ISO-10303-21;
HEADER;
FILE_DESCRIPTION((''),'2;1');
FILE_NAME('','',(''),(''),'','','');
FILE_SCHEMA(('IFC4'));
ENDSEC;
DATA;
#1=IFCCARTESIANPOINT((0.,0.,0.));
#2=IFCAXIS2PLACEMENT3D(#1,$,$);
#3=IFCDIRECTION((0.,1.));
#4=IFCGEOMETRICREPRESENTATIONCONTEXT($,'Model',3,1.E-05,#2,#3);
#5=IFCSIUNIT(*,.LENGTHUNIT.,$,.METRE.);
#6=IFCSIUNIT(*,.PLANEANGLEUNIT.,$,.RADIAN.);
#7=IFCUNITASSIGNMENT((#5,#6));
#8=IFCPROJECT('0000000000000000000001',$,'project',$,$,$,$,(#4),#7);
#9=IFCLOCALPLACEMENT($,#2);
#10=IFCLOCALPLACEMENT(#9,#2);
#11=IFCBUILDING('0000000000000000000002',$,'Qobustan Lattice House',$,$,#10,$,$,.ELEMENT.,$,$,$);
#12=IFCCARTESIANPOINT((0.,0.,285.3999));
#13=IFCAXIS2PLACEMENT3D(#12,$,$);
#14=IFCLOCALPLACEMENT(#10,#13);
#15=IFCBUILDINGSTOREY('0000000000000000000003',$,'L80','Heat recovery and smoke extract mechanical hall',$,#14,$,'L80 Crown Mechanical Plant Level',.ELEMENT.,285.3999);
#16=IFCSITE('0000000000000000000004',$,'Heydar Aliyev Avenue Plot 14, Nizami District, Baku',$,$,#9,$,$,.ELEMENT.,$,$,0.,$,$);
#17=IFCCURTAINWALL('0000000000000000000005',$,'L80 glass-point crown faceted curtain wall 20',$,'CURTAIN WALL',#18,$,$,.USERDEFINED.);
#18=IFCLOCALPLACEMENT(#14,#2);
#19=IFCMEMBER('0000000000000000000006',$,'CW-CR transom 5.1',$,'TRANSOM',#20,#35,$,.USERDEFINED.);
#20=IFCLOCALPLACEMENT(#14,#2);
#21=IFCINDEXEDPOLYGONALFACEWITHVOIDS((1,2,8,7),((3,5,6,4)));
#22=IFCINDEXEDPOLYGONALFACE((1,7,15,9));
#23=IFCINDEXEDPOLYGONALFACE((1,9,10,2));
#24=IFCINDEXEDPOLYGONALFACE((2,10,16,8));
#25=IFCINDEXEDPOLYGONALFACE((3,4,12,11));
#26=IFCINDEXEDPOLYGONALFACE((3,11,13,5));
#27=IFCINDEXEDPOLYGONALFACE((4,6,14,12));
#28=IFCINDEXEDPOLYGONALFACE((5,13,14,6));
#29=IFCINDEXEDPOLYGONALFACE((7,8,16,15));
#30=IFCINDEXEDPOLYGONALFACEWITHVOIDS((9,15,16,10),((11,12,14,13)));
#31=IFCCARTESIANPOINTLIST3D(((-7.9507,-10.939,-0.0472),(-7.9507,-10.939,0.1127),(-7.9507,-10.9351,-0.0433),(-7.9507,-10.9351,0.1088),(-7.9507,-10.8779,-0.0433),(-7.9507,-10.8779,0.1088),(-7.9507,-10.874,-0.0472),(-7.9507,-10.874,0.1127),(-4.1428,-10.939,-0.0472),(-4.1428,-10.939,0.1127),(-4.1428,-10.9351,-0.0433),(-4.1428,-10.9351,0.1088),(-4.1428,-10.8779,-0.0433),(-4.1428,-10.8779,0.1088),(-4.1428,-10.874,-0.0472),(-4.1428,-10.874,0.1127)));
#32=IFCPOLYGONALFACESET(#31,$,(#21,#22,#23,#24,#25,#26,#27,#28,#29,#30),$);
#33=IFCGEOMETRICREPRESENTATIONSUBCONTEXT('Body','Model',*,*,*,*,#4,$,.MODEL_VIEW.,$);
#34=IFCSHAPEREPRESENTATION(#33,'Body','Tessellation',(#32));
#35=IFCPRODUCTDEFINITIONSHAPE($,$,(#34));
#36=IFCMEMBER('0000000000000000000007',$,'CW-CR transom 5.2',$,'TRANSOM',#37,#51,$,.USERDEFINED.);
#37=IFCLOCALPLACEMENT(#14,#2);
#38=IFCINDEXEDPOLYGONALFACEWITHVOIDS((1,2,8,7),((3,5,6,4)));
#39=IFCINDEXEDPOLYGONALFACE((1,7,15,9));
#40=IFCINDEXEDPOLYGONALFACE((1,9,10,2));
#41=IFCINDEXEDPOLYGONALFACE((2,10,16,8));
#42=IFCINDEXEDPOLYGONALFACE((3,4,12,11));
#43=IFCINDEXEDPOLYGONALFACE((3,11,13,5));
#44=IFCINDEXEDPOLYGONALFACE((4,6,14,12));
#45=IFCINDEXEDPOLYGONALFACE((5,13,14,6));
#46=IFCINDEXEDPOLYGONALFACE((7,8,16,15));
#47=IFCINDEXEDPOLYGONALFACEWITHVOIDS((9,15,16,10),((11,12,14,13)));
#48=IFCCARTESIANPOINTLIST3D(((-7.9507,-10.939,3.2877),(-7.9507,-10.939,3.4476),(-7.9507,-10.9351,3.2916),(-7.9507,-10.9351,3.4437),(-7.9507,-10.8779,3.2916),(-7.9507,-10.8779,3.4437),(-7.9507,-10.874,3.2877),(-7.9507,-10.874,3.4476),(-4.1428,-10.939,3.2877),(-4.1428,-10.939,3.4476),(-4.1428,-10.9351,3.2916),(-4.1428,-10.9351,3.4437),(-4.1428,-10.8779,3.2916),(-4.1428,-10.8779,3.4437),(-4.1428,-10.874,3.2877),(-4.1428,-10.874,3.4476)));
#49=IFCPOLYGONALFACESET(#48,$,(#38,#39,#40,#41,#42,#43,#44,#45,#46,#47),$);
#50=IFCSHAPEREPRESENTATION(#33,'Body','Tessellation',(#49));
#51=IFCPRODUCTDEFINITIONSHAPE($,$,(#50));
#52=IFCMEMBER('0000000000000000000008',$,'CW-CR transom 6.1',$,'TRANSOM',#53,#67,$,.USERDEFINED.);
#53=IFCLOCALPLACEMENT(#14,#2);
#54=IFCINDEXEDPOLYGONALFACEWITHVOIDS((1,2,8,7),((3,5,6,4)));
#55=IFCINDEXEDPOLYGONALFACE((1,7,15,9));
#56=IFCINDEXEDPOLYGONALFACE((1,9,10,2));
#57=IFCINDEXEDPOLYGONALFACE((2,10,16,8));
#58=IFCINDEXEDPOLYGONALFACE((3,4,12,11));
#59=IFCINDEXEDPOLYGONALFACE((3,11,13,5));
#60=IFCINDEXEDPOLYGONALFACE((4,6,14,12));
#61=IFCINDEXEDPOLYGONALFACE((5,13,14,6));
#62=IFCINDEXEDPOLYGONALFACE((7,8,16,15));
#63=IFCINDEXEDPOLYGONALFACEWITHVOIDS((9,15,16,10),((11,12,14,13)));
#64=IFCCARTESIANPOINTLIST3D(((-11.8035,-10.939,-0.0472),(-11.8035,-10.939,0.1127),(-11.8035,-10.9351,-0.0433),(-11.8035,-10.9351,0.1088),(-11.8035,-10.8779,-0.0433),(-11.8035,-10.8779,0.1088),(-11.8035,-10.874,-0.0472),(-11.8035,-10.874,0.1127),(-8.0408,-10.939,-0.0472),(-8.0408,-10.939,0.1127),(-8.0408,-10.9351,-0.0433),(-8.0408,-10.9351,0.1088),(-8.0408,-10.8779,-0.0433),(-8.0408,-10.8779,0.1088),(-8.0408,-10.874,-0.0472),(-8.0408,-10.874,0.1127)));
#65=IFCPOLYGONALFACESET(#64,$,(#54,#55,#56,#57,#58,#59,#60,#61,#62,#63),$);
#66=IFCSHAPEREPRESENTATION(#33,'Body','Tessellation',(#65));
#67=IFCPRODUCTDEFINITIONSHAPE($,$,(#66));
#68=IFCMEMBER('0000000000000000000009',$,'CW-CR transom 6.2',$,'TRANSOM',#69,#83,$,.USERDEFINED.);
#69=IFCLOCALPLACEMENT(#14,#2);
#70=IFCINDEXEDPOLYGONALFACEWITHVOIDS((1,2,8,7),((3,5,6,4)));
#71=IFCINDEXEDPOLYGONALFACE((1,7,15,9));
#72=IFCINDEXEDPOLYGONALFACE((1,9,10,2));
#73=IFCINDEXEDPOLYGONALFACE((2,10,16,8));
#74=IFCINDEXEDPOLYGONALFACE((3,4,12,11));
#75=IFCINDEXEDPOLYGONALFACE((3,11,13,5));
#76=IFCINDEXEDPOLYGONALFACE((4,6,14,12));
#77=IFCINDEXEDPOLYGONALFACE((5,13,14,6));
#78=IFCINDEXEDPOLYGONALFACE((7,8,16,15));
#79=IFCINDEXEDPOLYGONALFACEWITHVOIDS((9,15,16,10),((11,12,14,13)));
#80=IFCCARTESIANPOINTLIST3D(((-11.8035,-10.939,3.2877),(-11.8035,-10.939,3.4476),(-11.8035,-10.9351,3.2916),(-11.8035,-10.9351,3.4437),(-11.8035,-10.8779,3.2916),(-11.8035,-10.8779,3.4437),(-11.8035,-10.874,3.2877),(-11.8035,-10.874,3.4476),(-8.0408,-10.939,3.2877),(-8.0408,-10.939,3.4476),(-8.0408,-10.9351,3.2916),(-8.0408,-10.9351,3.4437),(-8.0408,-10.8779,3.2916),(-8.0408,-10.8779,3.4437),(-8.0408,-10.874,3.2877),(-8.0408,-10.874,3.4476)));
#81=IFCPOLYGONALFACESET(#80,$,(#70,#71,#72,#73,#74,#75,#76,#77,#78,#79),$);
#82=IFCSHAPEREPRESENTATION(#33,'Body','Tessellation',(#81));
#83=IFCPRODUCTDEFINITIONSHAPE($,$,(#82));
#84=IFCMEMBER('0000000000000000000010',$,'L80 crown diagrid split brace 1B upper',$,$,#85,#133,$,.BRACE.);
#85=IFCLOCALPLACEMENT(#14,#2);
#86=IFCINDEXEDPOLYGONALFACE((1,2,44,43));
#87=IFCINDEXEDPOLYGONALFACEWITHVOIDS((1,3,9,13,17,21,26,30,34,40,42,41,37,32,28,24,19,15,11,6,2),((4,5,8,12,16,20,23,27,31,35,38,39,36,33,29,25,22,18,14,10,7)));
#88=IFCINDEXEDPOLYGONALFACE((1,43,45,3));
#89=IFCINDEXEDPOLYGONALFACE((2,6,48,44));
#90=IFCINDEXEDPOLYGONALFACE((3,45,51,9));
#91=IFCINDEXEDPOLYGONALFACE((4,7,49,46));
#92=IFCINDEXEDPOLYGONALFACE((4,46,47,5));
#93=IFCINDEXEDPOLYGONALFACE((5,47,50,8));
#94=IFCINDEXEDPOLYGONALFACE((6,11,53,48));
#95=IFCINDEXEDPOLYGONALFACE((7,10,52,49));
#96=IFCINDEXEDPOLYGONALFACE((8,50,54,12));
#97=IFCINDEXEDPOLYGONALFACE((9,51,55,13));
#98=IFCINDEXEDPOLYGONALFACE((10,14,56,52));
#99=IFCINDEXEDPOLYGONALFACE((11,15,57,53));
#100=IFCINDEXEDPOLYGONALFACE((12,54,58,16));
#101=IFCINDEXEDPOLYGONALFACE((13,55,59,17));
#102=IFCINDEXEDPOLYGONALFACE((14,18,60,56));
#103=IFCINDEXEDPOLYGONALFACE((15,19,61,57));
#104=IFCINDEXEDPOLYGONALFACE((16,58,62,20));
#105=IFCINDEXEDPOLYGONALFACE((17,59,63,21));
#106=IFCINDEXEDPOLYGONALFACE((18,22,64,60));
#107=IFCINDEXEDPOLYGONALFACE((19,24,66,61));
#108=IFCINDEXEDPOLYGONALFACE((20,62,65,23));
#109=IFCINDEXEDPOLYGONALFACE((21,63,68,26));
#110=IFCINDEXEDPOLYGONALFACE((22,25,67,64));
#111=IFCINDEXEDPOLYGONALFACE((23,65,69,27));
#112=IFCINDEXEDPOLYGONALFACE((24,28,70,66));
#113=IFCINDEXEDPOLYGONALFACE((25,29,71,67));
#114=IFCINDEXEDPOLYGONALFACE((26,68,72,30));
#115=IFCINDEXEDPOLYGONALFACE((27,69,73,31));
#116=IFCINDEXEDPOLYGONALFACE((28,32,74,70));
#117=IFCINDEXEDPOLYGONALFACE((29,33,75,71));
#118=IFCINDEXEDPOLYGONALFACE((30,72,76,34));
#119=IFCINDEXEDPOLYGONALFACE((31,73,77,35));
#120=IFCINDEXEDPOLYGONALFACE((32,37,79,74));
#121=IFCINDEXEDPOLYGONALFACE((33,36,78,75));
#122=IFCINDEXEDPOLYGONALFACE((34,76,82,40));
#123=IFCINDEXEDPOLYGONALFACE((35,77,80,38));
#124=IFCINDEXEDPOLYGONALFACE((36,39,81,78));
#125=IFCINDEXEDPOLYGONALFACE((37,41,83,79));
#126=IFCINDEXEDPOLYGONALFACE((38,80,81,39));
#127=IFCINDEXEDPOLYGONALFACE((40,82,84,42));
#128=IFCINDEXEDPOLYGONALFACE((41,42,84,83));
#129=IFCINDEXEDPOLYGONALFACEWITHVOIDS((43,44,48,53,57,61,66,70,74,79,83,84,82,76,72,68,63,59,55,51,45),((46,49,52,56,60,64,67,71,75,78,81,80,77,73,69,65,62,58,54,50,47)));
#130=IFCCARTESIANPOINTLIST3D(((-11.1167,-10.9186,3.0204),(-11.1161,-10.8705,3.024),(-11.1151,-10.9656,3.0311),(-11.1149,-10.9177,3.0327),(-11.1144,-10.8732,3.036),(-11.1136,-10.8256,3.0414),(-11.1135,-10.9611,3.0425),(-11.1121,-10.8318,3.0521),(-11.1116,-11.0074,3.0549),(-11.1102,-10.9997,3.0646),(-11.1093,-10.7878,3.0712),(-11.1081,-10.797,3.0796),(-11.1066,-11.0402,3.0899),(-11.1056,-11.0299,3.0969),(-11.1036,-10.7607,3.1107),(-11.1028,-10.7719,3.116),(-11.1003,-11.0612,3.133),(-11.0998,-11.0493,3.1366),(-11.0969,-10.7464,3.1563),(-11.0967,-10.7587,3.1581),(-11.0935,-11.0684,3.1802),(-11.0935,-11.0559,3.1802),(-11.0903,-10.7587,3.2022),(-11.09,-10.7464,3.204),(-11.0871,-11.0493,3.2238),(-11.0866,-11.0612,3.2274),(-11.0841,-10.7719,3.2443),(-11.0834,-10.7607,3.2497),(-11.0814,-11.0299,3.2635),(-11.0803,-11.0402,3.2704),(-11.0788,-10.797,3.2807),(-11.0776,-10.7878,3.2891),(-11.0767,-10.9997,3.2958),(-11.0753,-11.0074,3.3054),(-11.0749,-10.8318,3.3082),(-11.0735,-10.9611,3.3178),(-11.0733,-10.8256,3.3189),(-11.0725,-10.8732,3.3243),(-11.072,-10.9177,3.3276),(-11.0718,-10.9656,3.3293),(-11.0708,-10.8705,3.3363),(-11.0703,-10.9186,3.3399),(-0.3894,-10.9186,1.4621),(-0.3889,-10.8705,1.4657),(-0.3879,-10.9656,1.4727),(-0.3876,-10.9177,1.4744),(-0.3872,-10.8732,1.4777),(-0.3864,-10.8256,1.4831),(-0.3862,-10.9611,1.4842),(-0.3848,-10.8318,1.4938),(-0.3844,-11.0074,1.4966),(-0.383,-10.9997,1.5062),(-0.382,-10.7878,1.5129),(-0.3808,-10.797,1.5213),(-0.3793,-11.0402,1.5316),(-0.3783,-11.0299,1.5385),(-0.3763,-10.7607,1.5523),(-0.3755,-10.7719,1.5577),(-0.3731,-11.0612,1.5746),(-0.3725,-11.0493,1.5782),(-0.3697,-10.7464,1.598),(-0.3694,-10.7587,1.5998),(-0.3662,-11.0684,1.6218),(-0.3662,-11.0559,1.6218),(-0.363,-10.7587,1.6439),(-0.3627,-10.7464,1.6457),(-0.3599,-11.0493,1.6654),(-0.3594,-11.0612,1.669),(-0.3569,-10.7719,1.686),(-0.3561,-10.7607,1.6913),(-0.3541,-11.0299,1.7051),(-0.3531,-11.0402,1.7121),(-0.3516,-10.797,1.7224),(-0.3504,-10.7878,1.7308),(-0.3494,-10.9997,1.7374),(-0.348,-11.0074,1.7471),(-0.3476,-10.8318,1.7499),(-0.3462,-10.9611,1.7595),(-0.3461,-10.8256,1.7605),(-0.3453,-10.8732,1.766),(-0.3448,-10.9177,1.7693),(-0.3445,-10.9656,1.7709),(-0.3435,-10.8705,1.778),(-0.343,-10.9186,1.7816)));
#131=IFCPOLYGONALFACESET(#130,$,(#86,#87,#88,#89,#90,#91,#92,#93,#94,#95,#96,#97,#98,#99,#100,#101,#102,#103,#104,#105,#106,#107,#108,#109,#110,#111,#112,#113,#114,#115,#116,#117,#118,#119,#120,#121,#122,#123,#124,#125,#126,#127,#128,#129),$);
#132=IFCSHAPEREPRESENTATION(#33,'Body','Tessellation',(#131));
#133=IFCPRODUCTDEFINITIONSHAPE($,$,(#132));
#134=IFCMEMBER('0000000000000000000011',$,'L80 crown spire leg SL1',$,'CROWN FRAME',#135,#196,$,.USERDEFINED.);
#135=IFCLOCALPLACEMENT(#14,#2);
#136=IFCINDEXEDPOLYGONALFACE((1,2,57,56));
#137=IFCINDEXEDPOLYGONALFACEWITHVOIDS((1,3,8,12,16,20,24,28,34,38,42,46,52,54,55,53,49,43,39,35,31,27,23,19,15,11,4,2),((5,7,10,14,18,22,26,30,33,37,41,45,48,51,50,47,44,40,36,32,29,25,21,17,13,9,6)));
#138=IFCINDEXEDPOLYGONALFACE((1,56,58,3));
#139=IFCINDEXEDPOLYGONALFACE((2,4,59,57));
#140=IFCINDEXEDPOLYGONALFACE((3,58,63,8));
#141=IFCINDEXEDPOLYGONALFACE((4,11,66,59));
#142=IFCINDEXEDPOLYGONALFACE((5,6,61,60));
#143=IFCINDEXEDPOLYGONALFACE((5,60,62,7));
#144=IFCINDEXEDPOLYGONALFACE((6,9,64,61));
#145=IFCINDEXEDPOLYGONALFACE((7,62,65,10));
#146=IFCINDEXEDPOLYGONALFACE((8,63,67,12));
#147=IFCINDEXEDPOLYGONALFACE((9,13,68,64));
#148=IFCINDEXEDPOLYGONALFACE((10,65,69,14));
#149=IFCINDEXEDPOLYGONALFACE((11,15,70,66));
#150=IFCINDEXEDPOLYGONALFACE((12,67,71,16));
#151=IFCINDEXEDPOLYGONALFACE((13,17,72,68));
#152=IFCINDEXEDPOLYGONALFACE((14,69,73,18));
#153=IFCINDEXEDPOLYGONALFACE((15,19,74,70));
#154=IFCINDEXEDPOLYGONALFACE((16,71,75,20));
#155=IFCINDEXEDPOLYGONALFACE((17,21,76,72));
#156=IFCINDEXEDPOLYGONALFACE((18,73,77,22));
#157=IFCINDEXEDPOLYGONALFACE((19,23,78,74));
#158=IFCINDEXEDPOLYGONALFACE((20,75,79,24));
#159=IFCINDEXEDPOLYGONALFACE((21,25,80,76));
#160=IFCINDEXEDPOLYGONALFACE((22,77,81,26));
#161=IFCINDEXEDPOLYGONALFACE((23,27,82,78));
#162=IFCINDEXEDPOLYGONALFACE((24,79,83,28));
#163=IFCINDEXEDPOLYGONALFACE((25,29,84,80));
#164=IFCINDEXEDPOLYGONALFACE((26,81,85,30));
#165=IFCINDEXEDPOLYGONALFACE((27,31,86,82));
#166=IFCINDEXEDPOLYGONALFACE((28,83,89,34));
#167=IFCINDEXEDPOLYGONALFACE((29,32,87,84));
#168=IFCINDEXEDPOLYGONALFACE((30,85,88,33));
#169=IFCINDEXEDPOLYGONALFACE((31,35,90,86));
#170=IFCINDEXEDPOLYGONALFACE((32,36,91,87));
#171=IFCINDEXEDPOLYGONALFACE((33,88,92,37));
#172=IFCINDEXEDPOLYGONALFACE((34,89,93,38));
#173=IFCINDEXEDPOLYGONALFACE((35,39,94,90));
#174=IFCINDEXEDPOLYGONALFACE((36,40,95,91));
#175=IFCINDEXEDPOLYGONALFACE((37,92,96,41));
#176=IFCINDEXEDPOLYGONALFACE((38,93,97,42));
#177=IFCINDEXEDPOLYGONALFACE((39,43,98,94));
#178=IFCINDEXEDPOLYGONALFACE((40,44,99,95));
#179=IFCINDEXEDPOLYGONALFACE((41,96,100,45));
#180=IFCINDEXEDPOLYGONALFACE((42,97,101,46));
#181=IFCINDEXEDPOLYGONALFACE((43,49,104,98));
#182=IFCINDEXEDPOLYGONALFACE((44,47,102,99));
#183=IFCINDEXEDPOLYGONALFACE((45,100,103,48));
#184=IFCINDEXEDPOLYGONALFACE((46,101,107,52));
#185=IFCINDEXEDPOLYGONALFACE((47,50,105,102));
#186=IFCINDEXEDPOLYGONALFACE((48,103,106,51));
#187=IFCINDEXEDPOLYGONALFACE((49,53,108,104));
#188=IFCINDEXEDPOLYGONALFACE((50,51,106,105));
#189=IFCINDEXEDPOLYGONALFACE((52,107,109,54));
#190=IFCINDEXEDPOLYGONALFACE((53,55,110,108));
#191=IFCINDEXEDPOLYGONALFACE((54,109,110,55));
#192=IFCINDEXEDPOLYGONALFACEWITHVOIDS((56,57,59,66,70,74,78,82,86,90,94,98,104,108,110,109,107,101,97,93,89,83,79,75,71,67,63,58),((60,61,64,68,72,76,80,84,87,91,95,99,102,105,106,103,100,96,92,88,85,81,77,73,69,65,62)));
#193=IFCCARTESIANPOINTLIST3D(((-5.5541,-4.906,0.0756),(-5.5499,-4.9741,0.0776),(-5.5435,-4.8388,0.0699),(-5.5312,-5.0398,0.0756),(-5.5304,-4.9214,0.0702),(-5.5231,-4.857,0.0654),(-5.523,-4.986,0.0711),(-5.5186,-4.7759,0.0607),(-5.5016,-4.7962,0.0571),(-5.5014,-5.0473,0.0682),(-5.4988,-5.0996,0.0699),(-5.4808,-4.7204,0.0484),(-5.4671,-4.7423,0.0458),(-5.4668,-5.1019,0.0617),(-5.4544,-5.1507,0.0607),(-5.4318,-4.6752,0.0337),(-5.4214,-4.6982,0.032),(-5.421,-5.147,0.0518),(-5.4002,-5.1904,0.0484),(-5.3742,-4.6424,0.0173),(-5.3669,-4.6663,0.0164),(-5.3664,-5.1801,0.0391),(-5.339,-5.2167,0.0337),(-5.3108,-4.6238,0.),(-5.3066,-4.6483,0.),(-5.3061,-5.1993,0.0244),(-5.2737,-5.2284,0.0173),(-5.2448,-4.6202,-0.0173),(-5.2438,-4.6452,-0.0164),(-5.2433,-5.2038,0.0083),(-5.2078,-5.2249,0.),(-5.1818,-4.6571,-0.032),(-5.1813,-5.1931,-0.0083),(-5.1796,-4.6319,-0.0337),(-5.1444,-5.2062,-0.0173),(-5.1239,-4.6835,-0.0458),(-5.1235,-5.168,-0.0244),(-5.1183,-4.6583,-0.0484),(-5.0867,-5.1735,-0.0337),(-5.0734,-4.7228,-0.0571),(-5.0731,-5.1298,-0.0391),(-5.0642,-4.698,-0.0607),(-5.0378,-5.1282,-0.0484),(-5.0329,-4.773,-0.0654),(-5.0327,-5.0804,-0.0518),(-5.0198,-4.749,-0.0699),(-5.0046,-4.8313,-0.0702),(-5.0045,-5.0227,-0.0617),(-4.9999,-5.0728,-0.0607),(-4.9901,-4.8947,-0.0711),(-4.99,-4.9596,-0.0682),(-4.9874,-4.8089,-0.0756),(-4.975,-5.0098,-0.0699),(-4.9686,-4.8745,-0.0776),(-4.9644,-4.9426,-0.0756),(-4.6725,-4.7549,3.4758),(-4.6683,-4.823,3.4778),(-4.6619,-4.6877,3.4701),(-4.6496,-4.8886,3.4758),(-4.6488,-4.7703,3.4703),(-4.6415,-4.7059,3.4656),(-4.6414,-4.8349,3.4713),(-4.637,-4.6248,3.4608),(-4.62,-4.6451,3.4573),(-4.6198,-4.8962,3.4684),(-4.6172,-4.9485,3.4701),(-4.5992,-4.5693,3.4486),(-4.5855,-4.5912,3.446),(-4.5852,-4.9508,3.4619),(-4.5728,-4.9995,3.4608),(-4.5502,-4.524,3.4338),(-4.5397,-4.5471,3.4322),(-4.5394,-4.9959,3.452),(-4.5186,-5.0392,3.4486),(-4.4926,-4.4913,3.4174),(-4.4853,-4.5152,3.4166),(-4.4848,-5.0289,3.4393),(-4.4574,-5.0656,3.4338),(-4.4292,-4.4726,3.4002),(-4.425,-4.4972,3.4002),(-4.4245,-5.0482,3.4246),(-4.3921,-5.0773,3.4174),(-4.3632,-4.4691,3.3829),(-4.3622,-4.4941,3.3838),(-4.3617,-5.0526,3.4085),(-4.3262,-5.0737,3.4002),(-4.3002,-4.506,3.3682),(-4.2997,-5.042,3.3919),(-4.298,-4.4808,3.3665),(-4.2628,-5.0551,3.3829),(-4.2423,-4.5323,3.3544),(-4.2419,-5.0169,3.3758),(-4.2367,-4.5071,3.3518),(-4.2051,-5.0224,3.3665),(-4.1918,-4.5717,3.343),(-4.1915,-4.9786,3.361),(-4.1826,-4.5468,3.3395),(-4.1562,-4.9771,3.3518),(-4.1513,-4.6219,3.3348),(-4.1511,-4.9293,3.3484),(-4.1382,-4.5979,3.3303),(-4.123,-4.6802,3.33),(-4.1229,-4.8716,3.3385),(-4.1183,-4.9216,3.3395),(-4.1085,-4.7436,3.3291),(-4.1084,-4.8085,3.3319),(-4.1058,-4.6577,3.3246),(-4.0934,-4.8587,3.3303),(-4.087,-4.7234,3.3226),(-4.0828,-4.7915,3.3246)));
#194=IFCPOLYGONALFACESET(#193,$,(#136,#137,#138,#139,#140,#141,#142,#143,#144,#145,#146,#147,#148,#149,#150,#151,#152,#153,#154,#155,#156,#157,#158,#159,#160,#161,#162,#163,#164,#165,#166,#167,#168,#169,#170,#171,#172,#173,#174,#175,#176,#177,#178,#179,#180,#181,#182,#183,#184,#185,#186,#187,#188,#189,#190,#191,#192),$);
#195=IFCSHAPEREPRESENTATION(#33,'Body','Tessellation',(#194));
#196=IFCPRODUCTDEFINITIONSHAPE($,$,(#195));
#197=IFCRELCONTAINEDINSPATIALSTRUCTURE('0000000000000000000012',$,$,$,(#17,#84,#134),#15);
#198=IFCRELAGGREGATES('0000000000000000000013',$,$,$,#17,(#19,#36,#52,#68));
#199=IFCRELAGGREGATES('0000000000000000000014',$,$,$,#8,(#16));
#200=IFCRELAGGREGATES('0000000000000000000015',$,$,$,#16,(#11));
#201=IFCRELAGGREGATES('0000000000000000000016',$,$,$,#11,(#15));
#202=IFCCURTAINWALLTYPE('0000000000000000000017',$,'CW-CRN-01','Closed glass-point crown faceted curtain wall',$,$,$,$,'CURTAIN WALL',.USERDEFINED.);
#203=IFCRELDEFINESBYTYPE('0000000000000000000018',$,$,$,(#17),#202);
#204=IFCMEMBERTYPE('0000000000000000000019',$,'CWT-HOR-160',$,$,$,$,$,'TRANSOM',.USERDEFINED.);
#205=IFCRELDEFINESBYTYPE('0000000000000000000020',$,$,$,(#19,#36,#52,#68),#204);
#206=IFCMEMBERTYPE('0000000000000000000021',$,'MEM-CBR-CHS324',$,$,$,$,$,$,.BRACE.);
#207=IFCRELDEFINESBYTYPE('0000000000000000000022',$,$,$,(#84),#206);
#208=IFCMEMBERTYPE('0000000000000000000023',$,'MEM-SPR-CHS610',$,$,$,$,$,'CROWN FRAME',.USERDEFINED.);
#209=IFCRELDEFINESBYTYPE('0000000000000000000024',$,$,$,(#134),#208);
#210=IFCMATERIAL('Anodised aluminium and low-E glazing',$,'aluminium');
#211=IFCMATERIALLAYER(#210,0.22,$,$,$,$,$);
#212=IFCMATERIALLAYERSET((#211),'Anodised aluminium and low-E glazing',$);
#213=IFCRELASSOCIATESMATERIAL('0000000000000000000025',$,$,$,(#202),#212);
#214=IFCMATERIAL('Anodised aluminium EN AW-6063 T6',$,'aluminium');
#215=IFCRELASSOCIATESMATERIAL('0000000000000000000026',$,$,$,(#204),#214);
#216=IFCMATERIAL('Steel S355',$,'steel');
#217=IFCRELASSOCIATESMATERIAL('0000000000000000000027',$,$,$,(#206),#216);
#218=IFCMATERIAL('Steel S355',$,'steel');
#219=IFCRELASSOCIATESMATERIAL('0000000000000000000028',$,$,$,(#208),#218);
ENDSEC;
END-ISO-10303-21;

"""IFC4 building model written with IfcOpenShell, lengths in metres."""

from ifc_helpers import new_model, si_unit, direction, frame, origin, origin_2d, place, context, subcontext, project, spatial, hollow_rectangle, hollow_circle, extrude, material, layer, layer_set, material_profile, profile_set, type_object, element, aggregate, save


model = new_model("IFC4")

# Units and contexts
model_context = context("Model", 3, precision=1e-05, world=origin(), true_north=direction((0.0, 1.0)))
body_context = subcontext(model_context, "Body", "Model", "MODEL_VIEW")
ifc_project = project(units=[si_unit("LENGTHUNIT", "METRE"), si_unit("PLANEANGLEUNIT", "RADIAN")], contexts=[model_context])

# Site, building, storey
site_placement = place(None, origin())
site = spatial("IfcSite", under=ifc_project, at=site_placement, Name="Heydar Aliyev Avenue Plot 14, Nizami District, Baku", CompositionType="ELEMENT", RefElevation=0.0)
building_placement = place(site_placement, origin())
building = spatial("IfcBuilding", under=site, at=building_placement, Name="Qobustan Lattice House", CompositionType="ELEMENT")
storey_placement = place(building_placement, frame((0.0, 0.0, 285.3999)))
storey = spatial("IfcBuildingStorey", under=building, at=storey_placement, Name="L80", Description="Heat recovery and smoke extract mechanical hall", LongName="L80 Crown Mechanical Plant Level", CompositionType="ELEMENT", Elevation=285.3999)

# Curtain wall, members
ifc_material_1 = material(Name="Anodised aluminium and low-E glazing", Category="aluminium")
ifc_layer_1 = layer(ifc_material_1, 0.22)
ifc_layer_set_1 = layer_set([ifc_layer_1], Name="Anodised aluminium and low-E glazing")
curtain_wall_type = type_object("IfcCurtainWallType", Name="CW-CRN-01", Description="Closed glass-point crown faceted curtain wall", ElementType="CURTAIN WALL", PredefinedType="USERDEFINED", material=ifc_layer_set_1)
curtain_wall_placement = place(storey_placement, origin())
curtain_wall = element("IfcCurtainWall", 1, at=curtain_wall_placement, inside=storey, type_object=curtain_wall_type, Name="L80 glass-point crown faceted curtain wall 20", ObjectType="CURTAIN WALL", PredefinedType="USERDEFINED")
ifc_material_2 = material(Name="Anodised aluminium EN AW-6063 T6", Category="aluminium")
ifc_material_profile_1 = material_profile(ifc_material_2, hollow_rectangle(XDim=0.0649, YDim=0.1599, WallThickness=0.0039, at=origin_2d()), Name="CWT-160x65")
ifc_profile_set_1 = profile_set([ifc_material_profile_1], Name="Anodised aluminium EN AW-6063 T6")
member_type_1 = type_object("IfcMemberType", Name="CWT-HOR-160", ElementType="TRANSOM", PredefinedType="USERDEFINED", material=ifc_profile_set_1)
member_1_placement = place(storey_placement, frame((-4.1428, -10.9065, 0.0327), z_axis=(-1.0, 0.0, 0.0), x_axis=(0.0, -1.0, 0.0)))
member_1 = element("IfcMember", 2, at=member_1_placement, type_object=member_type_1, Name="CW-CR transom 5.1", ObjectType="TRANSOM", PredefinedType="USERDEFINED", context=body_context, shape_type="SweptSolid", body=[
    extrude(hollow_rectangle(XDim=0.0649, YDim=0.1599, WallThickness=0.0039, at=origin_2d()), origin(), (0.0, 0.0, 1.0), 3.8079),
])
member_2_placement = place(storey_placement, frame((-4.1428, -10.9065, 3.3677), z_axis=(-1.0, 0.0, 0.0), x_axis=(0.0, -1.0, 0.0)))
member_2 = element("IfcMember", 3, at=member_2_placement, type_object=member_type_1, Name="CW-CR transom 5.2", ObjectType="TRANSOM", PredefinedType="USERDEFINED", context=body_context, shape_type="SweptSolid", body=[
    extrude(hollow_rectangle(XDim=0.0649, YDim=0.1599, WallThickness=0.0039, at=origin_2d()), origin(), (0.0, 0.0, 1.0), 3.8079),
])
member_3_placement = place(storey_placement, frame((-8.0408, -10.9065, 0.0327), z_axis=(-1.0, 0.0, 0.0), x_axis=(0.0, -1.0, 0.0)))
member_3 = element("IfcMember", 4, at=member_3_placement, type_object=member_type_1, Name="CW-CR transom 6.1", ObjectType="TRANSOM", PredefinedType="USERDEFINED", context=body_context, shape_type="SweptSolid", body=[
    extrude(hollow_rectangle(XDim=0.0649, YDim=0.1599, WallThickness=0.0039, at=origin_2d()), origin(), (0.0, 0.0, 1.0), 3.7627),
])
member_4_placement = place(storey_placement, frame((-8.0408, -10.9065, 3.3677), z_axis=(-1.0, 0.0, 0.0), x_axis=(0.0, -1.0, 0.0)))
member_4 = element("IfcMember", 5, at=member_4_placement, type_object=member_type_1, Name="CW-CR transom 6.2", ObjectType="TRANSOM", PredefinedType="USERDEFINED", context=body_context, shape_type="SweptSolid", body=[
    extrude(hollow_rectangle(XDim=0.0649, YDim=0.1599, WallThickness=0.0039, at=origin_2d()), origin(), (0.0, 0.0, 1.0), 3.7627),
])

# Members
ifc_material_3 = material(Name="Steel S355", Category="steel")
ifc_material_profile_2 = material_profile(ifc_material_3, hollow_circle(Radius=0.1619, WallThickness=0.0125, at=origin_2d()), Name="CHS323.9x12.5")
ifc_profile_set_2 = profile_set([ifc_material_profile_2], Name="Steel S355")
member_type_2 = type_object("IfcMemberType", Name="MEM-CBR-CHS324", PredefinedType="BRACE", material=ifc_profile_set_2)
member_5_placement = place(storey_placement, frame((-0.3662, -10.9065, 1.6218), z_axis=(-0.989612, 0.0, 0.143761), x_axis=(0.0, -1.0, 0.0)))
element("IfcMember", 6, at=member_5_placement, inside=storey, type_object=member_type_2, Name="L80 crown diagrid split brace 1B upper", PredefinedType="BRACE", context=body_context, shape_type="SweptSolid", body=[
    extrude(hollow_circle(Radius=0.1619, WallThickness=0.0125, at=origin_2d()), origin(), (0.0, 0.0, 1.0), 10.8398),
])
ifc_material_4 = material(Name="Steel S355", Category="steel")
ifc_material_profile_3 = material_profile(ifc_material_4, hollow_circle(Radius=0.3049, WallThickness=0.0249, at=origin_2d()), Name="CHS610x25")
ifc_profile_set_3 = profile_set([ifc_material_profile_3], Name="Steel S355")
member_type_3 = type_object("IfcMemberType", Name="MEM-SPR-CHS610", ElementType="CROWN FRAME", PredefinedType="USERDEFINED", material=ifc_profile_set_3)
member_6_placement = place(storey_placement, frame((-5.2593, -4.9243, 0.0), z_axis=(0.250749, 0.042984, 0.967097), x_axis=(-0.168956, 0.985624, 0.0)))
element("IfcMember", 7, at=member_6_placement, inside=storey, type_object=member_type_3, Name="L80 crown spire leg SL1", ObjectType="CROWN FRAME", PredefinedType="USERDEFINED", context=body_context, shape_type="SweptSolid", body=[
    extrude(hollow_circle(Radius=0.3049, WallThickness=0.0249, at=origin_2d()), origin(), (0.0, 0.0, 1.0), 3.5159),
])

aggregate(curtain_wall, [member_1, member_2, member_3, member_4])

save(model, "model.ifc")
